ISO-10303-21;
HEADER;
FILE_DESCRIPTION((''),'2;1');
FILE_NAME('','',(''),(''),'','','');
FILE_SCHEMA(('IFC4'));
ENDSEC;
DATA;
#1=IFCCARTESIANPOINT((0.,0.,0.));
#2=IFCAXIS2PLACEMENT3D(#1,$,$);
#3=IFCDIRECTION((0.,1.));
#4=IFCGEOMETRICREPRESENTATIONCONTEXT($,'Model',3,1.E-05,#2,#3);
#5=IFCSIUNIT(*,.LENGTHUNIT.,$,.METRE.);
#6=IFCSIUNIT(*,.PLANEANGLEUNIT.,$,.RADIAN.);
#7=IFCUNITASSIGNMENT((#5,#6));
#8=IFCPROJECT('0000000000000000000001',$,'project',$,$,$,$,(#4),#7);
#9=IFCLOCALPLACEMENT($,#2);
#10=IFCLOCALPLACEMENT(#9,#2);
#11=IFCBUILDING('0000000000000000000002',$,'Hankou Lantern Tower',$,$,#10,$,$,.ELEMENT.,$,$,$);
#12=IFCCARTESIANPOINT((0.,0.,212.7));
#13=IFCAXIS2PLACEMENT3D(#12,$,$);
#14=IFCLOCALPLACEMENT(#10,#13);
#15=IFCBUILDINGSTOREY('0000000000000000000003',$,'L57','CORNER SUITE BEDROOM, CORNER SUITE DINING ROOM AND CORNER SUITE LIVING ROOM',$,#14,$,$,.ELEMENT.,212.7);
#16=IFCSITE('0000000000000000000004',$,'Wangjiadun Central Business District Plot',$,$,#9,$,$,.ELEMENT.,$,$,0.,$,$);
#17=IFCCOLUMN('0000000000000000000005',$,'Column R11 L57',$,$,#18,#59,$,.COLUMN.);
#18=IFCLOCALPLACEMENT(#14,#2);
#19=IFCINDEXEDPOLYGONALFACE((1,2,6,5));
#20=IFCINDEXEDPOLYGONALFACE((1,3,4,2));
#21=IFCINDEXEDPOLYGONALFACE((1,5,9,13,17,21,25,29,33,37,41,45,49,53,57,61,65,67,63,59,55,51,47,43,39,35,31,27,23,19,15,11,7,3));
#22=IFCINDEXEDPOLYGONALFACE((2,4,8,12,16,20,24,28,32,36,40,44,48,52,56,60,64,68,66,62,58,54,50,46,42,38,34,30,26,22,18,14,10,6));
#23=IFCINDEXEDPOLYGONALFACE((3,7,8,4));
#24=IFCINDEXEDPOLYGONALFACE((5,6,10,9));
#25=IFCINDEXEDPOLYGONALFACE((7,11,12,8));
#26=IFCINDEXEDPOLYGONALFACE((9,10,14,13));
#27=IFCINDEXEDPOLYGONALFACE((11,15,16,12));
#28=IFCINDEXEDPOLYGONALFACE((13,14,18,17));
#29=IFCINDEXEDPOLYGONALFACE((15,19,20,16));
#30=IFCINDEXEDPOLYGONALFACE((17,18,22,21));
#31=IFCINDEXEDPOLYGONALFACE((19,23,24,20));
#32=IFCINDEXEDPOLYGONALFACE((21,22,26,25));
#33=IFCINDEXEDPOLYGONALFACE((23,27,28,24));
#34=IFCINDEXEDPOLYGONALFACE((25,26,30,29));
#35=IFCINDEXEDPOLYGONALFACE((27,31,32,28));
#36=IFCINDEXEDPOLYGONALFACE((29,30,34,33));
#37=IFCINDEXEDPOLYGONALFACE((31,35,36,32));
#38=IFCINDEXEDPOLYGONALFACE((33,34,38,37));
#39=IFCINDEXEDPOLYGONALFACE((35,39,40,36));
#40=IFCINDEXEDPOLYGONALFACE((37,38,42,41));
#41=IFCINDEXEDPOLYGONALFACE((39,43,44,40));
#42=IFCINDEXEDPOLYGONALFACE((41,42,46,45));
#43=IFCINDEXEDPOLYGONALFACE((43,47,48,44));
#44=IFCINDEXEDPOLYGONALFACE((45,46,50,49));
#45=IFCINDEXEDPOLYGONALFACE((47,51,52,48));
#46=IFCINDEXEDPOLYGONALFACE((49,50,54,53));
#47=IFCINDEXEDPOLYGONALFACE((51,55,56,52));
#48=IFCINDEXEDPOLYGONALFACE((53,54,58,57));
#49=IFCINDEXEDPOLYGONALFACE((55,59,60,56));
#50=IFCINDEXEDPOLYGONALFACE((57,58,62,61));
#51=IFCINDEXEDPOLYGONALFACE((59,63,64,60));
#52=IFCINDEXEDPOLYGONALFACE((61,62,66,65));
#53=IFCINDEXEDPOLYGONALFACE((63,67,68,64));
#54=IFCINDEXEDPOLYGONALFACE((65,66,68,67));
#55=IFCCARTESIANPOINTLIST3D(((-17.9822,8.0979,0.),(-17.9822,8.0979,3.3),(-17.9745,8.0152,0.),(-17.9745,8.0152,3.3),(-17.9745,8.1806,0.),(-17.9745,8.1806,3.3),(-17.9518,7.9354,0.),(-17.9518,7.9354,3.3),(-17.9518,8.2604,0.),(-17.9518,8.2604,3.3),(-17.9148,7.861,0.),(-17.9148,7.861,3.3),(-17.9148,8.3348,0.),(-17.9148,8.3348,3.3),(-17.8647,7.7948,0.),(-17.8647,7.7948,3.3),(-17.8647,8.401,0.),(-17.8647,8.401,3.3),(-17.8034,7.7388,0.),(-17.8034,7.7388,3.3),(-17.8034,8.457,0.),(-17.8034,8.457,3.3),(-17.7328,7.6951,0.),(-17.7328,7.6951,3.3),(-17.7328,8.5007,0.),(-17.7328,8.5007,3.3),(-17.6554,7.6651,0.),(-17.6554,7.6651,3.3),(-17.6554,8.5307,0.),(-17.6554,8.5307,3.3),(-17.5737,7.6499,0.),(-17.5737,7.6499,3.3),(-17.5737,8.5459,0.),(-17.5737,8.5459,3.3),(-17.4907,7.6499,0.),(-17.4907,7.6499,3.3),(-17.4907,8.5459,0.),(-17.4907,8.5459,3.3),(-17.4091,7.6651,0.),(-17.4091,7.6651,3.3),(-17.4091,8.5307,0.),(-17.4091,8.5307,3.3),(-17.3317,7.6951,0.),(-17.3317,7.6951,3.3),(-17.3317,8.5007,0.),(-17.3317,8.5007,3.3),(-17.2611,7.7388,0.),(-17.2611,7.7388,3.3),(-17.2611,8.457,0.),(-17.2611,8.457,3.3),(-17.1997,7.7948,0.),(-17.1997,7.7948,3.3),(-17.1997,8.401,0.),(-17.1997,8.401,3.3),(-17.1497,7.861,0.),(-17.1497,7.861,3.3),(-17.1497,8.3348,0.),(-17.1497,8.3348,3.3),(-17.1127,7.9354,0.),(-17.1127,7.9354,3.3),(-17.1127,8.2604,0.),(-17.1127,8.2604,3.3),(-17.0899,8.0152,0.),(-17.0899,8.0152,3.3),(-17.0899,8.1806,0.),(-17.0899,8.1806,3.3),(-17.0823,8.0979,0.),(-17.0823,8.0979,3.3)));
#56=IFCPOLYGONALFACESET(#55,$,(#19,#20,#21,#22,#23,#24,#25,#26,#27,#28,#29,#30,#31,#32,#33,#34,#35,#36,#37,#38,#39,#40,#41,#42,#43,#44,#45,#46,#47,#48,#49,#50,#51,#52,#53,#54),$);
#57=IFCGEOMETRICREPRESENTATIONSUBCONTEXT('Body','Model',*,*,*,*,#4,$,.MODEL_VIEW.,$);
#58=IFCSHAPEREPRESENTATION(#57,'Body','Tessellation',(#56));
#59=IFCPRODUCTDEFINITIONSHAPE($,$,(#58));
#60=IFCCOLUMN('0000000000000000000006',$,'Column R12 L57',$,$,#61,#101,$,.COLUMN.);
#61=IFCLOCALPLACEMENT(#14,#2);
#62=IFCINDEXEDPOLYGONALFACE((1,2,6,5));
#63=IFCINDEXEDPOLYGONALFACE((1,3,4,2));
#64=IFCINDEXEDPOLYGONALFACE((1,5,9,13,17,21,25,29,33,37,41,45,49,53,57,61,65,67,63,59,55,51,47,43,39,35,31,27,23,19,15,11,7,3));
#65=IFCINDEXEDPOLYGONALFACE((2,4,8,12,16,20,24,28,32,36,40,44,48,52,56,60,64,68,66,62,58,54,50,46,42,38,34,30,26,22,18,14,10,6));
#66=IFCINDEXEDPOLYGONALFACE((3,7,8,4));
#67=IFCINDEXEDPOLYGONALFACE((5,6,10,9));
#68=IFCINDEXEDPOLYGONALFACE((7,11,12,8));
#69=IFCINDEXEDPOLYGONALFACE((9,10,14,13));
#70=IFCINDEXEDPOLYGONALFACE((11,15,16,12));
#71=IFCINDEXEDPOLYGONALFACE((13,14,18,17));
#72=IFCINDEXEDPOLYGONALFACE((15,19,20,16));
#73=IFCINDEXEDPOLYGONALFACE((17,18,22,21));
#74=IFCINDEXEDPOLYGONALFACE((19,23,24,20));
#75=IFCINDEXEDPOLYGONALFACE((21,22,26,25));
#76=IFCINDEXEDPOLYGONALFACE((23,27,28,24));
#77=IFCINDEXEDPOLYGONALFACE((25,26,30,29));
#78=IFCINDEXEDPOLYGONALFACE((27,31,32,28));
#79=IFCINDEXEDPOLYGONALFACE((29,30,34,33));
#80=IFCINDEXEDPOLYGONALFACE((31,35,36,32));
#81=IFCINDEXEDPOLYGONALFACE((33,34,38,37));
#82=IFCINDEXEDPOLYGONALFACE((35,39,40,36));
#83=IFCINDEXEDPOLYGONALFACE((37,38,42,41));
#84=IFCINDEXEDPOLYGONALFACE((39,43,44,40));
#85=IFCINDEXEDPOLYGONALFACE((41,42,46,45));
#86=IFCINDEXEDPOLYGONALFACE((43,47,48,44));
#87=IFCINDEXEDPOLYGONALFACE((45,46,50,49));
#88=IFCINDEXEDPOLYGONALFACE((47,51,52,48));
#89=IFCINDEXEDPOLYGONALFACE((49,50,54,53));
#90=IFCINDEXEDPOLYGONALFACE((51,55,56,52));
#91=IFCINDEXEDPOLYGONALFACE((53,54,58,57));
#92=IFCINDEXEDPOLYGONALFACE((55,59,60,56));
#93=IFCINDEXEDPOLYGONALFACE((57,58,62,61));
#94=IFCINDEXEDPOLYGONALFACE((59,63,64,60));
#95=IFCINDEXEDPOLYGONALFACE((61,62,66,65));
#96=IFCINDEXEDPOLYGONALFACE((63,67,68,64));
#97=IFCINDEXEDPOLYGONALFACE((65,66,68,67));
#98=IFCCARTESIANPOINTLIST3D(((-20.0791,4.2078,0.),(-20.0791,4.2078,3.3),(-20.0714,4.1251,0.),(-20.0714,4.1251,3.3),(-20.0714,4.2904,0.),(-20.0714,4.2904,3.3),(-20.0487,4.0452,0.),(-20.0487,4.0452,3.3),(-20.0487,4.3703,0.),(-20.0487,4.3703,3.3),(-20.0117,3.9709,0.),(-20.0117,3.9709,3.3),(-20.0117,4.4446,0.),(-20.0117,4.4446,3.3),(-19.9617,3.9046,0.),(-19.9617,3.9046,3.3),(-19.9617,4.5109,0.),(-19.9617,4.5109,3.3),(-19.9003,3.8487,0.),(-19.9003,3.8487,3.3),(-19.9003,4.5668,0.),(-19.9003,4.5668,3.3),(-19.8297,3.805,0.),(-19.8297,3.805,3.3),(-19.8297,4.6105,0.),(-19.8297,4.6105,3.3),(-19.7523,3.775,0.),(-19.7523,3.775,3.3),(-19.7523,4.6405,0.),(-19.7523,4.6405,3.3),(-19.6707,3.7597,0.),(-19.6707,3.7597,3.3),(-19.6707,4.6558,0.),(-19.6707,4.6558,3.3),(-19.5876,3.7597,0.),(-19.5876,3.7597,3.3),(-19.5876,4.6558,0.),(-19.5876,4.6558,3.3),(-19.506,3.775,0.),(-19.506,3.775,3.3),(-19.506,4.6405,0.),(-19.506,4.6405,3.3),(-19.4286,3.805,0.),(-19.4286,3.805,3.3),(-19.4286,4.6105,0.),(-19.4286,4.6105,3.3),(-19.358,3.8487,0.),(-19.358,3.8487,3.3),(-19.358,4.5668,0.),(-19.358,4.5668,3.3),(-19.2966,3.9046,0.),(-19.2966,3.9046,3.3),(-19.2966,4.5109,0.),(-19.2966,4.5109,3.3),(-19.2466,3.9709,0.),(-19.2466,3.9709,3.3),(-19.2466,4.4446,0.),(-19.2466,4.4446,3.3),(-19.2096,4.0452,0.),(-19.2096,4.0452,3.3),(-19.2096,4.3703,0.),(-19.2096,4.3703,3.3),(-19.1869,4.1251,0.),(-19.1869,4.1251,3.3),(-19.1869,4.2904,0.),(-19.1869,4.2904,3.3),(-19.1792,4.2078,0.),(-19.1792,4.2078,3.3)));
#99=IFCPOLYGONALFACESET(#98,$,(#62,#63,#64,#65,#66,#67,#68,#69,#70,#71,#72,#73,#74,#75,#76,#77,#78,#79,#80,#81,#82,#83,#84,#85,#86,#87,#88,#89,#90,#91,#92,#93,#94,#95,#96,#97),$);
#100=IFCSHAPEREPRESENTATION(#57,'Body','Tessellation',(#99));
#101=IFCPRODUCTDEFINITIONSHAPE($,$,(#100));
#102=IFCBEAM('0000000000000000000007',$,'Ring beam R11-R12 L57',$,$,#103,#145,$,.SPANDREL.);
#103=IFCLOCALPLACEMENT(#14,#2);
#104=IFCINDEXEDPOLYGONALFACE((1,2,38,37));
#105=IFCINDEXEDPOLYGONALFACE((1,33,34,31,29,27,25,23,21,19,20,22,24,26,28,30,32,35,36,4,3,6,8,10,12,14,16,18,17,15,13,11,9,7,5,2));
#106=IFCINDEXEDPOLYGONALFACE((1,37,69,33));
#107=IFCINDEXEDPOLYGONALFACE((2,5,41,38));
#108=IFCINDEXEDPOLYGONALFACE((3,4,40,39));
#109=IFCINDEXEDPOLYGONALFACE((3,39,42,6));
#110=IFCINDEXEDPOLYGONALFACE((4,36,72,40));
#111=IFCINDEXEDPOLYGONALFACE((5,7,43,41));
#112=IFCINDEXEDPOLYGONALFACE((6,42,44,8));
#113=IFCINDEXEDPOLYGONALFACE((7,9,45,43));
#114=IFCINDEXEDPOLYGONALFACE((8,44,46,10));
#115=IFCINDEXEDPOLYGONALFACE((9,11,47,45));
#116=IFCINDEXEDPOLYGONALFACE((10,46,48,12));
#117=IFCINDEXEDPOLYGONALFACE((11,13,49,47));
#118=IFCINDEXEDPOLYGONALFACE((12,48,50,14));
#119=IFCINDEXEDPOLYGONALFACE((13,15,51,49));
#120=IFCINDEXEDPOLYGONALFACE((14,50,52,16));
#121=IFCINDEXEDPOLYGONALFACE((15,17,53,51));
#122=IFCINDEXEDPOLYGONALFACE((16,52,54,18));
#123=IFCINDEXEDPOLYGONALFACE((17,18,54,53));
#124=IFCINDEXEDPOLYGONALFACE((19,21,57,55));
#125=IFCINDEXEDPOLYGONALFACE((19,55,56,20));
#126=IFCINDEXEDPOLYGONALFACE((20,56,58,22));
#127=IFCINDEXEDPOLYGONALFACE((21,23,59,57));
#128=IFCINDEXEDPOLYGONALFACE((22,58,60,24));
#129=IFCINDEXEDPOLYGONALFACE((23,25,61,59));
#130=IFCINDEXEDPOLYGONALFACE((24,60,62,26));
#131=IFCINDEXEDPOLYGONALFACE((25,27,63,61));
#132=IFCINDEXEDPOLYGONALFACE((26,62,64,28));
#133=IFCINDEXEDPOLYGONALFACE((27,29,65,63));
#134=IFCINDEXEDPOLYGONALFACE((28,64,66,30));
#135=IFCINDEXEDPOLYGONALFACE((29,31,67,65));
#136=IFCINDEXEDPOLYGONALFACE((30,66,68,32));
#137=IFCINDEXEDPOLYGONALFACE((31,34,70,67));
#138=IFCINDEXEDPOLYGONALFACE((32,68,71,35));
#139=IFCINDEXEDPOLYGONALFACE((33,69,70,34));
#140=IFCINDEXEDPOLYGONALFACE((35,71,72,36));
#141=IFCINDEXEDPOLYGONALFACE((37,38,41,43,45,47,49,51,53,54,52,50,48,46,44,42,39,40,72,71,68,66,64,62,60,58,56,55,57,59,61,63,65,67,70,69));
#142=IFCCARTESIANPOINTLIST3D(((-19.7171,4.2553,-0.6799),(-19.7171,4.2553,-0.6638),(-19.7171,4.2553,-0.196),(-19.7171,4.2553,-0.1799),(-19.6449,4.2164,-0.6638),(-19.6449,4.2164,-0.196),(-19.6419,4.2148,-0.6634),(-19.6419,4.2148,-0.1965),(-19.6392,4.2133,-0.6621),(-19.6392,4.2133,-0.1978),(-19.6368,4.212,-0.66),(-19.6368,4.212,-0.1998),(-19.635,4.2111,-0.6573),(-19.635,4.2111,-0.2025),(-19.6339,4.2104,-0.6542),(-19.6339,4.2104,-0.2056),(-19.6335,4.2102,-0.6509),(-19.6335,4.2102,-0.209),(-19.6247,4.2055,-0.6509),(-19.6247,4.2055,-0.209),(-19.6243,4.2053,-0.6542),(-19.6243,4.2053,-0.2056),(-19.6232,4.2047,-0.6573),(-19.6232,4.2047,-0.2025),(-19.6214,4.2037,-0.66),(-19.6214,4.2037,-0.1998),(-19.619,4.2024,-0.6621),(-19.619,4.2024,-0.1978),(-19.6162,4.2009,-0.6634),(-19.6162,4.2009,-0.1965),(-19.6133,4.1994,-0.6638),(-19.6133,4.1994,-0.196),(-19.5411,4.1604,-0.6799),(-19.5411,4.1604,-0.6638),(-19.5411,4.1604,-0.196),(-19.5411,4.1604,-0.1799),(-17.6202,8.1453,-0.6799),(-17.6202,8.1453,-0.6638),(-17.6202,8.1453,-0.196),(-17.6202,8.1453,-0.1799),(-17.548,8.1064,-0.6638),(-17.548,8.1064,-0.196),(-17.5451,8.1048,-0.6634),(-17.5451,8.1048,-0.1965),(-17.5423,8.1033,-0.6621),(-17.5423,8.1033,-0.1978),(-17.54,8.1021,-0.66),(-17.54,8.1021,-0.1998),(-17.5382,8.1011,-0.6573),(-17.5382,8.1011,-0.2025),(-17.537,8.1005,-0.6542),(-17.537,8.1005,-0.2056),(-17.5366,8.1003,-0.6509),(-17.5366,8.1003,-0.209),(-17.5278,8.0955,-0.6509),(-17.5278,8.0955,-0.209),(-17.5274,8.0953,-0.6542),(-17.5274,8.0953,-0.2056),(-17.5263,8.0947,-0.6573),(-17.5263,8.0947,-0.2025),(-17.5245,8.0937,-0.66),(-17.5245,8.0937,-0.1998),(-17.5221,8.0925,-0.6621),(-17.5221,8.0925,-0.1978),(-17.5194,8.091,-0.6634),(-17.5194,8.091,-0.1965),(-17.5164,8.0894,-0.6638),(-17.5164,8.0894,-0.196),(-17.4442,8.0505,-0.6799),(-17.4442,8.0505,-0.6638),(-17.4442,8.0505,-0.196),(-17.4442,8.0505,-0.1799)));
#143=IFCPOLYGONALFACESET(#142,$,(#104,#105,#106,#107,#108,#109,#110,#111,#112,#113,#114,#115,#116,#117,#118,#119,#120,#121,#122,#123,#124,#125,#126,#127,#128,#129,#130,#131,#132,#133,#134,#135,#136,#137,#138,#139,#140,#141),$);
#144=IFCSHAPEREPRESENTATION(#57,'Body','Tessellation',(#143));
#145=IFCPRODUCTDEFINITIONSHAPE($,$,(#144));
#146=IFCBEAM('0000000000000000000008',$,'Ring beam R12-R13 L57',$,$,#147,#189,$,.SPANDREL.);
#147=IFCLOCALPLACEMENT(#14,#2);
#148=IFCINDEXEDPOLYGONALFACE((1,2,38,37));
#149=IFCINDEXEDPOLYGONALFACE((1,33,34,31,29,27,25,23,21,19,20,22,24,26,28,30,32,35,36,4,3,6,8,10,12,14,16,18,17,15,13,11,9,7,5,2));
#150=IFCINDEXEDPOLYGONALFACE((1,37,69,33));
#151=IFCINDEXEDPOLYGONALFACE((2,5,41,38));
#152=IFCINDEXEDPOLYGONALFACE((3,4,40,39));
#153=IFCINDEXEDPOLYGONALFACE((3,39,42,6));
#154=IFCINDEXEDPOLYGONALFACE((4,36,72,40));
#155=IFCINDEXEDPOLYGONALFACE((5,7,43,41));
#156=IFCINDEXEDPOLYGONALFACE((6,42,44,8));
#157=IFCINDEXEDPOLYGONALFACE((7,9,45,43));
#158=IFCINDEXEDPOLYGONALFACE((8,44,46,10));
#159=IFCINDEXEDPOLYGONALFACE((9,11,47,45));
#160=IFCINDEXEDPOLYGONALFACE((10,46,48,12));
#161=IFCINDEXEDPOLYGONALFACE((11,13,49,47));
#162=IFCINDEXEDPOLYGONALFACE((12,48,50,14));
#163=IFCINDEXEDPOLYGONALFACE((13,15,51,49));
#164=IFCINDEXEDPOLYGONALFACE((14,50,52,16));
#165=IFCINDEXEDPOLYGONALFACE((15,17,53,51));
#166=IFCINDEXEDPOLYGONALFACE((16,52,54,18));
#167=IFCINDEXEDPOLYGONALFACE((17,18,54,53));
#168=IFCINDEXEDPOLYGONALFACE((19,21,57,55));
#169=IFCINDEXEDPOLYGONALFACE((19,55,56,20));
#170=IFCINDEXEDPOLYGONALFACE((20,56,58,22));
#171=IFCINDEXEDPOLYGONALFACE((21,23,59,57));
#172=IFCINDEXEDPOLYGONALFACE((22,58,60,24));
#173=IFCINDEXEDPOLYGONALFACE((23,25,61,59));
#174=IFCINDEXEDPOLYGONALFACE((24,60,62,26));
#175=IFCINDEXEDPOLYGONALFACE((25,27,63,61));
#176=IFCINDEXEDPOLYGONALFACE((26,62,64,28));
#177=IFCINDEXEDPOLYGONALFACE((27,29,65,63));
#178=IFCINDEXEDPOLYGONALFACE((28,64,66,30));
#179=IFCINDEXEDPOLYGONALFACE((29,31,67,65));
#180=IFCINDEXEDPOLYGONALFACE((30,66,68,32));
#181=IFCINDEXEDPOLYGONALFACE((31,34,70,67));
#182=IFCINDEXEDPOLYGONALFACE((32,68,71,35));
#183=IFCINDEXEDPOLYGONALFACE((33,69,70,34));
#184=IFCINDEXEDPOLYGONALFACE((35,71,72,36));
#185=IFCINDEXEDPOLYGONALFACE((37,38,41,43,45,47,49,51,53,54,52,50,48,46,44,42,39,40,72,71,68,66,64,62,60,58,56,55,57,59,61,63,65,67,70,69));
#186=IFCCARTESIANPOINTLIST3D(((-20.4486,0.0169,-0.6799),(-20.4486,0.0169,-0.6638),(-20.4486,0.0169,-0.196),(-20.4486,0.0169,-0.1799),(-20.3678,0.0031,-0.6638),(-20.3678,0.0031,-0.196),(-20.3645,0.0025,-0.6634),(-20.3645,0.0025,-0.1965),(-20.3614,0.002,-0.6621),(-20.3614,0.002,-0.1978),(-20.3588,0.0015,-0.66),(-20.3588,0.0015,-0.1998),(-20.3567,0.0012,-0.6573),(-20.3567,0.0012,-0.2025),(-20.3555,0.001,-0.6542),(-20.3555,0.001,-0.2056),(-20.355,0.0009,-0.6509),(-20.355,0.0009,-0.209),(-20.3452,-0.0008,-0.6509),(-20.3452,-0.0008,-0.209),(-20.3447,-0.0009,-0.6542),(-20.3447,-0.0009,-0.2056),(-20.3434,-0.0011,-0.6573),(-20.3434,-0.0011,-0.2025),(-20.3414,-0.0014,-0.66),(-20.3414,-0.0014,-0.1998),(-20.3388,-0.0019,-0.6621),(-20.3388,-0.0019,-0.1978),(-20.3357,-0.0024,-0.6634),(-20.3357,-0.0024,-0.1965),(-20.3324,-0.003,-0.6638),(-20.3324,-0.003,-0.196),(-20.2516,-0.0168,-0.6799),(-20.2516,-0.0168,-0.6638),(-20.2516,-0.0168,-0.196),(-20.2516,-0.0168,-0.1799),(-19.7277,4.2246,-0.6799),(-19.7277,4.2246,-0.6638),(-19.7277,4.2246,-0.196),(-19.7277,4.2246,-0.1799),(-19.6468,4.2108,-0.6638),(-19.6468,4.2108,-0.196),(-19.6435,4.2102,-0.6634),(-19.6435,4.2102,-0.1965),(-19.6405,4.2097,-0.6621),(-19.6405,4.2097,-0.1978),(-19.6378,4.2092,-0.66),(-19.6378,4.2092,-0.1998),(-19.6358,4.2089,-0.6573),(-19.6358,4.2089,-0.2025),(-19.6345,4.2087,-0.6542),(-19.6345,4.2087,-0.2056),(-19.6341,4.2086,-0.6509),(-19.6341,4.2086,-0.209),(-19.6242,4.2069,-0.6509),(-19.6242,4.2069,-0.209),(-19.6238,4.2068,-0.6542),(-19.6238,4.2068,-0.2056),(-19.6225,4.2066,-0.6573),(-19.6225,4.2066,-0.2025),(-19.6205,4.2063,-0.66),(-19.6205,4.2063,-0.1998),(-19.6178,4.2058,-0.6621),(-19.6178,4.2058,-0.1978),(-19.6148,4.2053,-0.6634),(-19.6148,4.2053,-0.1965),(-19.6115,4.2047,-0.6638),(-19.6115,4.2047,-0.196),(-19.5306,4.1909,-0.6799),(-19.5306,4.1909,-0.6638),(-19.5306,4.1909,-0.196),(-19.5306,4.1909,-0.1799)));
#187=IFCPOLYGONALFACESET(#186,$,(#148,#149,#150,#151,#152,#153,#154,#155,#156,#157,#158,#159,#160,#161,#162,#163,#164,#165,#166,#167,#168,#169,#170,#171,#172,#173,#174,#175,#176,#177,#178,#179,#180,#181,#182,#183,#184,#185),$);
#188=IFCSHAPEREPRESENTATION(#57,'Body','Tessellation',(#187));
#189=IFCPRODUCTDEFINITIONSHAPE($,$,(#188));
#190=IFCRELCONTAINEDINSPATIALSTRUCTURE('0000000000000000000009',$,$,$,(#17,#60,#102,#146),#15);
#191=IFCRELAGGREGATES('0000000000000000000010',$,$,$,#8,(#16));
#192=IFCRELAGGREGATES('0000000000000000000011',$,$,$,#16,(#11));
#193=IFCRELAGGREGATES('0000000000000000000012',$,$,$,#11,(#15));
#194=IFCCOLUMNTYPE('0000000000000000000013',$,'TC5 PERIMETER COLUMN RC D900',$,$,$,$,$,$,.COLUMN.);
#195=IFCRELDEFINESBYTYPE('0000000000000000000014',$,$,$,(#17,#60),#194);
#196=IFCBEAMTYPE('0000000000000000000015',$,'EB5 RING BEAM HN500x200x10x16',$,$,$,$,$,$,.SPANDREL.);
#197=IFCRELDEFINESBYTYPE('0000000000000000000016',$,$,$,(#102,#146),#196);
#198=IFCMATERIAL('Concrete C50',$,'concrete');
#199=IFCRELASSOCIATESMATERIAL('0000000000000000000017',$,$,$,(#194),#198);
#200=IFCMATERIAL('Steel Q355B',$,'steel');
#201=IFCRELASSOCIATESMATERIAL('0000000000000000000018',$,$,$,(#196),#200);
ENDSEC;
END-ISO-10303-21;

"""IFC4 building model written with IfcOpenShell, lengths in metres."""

from ifc_helpers import new_model, si_unit, direction, frame, origin, origin_2d, place, context, subcontext, project, spatial, circle, i_section, extrude, material, material_profile, profile_set, type_object, element, save


model = new_model("IFC4")

# Units and contexts
model_context = context("Model", 3, precision=1e-05, world=origin(), true_north=direction((0.0, 1.0)))
body_context = subcontext(model_context, "Body", "Model", "MODEL_VIEW")
ifc_project = project(units=[si_unit("LENGTHUNIT", "METRE"), si_unit("PLANEANGLEUNIT", "RADIAN")], contexts=[model_context])

# Site, building, storey
site_placement = place(None, origin())
site = spatial("IfcSite", under=ifc_project, at=site_placement, Name="Wangjiadun Central Business District Plot", CompositionType="ELEMENT", RefElevation=0.0)
building_placement = place(site_placement, origin())
building = spatial("IfcBuilding", under=site, at=building_placement, Name="Hankou Lantern Tower", CompositionType="ELEMENT")
storey_placement = place(building_placement, frame((0.0, 0.0, 212.7)))
storey = spatial("IfcBuildingStorey", under=building, at=storey_placement, Name="L57", Description="CORNER SUITE BEDROOM, CORNER SUITE DINING ROOM AND CORNER SUITE LIVING ROOM", CompositionType="ELEMENT", Elevation=212.7)

# Columns
ifc_material_1 = material(Name="Concrete C50", Category="concrete")
ifc_material_profile_1 = material_profile(ifc_material_1, circle(Radius=0.45, at=origin_2d()), Name="RC D900")
ifc_profile_set_1 = profile_set([ifc_material_profile_1], Name="Concrete C50")
column_type = type_object("IfcColumnType", Name="TC5 PERIMETER COLUMN RC D900", PredefinedType="COLUMN", material=ifc_profile_set_1)
for number, where, z_axis, x_axis, name in (
    (1, (-17.5322, 8.0979, 0.0), (0.0, 0.0, 1.0), (1.0, 0.0, 0.0), "Column R11 L57"),
    (2, (-19.6292, 4.2078, 0.0), (0.0, 0.0, 1.0), (1.0, 0.0, 0.0), "Column R12 L57"),
):
    element("IfcColumn", number, at=place(storey_placement, frame(where, z_axis=z_axis, x_axis=x_axis)), inside=storey, type_object=column_type, Name=name, PredefinedType="COLUMN", context=body_context, shape_type="SweptSolid", body=[
        extrude(circle(Radius=0.45, at=origin_2d()), origin(), (0.0, 0.0, 1.0), 3.3),
    ])

# Beams
ifc_material_2 = material(Name="Steel Q355B", Category="steel")
ifc_material_profile_2 = material_profile(ifc_material_2, i_section(OverallWidth=0.2, OverallDepth=0.5, WebThickness=0.01, FlangeThickness=0.0161, FilletRadius=0.0129, at=origin_2d()), Name="HN500x200x10x16")
ifc_profile_set_2 = profile_set([ifc_material_profile_2], Name="Steel Q355B")
beam_type_1 = type_object("IfcBeamType", Name="EB5 RING BEAM HN500x200x10x16", PredefinedType="SPANDREL", material=ifc_profile_set_2)
beam_1_placement = place(storey_placement, frame((-17.5322, 8.0979, -0.4299), z_axis=(-0.474492, -0.88026, 0.0), x_axis=(0.88026, -0.474492, 0.0)))
element("IfcBeam", 3, at=beam_1_placement, inside=storey, type_object=beam_type_1, Name="Ring beam R11-R12 L57", PredefinedType="SPANDREL", context=body_context, shape_type="SweptSolid", body=[
    extrude(i_section(OverallWidth=0.2, OverallDepth=0.5, WebThickness=0.01, FlangeThickness=0.0161, FilletRadius=0.0129, at=origin_2d()), origin(), (0.0, 0.0, 1.0), 4.4192),
])
beam_2_placement = place(storey_placement, frame((-19.6292, 4.2078, -0.4299), z_axis=(-0.168877, -0.985637, 0.0), x_axis=(0.985637, -0.168877, 0.0)))
element("IfcBeam", 4, at=beam_2_placement, inside=storey, type_object=beam_type_1, Name="Ring beam R12-R13 L57", PredefinedType="SPANDREL", context=body_context, shape_type="SweptSolid", body=[
    extrude(i_section(OverallWidth=0.2, OverallDepth=0.5, WebThickness=0.01, FlangeThickness=0.0161, FilletRadius=0.0129, at=origin_2d()), origin(), (0.0, 0.0, 1.0), 4.269),
])

save(model, "model.ifc")
